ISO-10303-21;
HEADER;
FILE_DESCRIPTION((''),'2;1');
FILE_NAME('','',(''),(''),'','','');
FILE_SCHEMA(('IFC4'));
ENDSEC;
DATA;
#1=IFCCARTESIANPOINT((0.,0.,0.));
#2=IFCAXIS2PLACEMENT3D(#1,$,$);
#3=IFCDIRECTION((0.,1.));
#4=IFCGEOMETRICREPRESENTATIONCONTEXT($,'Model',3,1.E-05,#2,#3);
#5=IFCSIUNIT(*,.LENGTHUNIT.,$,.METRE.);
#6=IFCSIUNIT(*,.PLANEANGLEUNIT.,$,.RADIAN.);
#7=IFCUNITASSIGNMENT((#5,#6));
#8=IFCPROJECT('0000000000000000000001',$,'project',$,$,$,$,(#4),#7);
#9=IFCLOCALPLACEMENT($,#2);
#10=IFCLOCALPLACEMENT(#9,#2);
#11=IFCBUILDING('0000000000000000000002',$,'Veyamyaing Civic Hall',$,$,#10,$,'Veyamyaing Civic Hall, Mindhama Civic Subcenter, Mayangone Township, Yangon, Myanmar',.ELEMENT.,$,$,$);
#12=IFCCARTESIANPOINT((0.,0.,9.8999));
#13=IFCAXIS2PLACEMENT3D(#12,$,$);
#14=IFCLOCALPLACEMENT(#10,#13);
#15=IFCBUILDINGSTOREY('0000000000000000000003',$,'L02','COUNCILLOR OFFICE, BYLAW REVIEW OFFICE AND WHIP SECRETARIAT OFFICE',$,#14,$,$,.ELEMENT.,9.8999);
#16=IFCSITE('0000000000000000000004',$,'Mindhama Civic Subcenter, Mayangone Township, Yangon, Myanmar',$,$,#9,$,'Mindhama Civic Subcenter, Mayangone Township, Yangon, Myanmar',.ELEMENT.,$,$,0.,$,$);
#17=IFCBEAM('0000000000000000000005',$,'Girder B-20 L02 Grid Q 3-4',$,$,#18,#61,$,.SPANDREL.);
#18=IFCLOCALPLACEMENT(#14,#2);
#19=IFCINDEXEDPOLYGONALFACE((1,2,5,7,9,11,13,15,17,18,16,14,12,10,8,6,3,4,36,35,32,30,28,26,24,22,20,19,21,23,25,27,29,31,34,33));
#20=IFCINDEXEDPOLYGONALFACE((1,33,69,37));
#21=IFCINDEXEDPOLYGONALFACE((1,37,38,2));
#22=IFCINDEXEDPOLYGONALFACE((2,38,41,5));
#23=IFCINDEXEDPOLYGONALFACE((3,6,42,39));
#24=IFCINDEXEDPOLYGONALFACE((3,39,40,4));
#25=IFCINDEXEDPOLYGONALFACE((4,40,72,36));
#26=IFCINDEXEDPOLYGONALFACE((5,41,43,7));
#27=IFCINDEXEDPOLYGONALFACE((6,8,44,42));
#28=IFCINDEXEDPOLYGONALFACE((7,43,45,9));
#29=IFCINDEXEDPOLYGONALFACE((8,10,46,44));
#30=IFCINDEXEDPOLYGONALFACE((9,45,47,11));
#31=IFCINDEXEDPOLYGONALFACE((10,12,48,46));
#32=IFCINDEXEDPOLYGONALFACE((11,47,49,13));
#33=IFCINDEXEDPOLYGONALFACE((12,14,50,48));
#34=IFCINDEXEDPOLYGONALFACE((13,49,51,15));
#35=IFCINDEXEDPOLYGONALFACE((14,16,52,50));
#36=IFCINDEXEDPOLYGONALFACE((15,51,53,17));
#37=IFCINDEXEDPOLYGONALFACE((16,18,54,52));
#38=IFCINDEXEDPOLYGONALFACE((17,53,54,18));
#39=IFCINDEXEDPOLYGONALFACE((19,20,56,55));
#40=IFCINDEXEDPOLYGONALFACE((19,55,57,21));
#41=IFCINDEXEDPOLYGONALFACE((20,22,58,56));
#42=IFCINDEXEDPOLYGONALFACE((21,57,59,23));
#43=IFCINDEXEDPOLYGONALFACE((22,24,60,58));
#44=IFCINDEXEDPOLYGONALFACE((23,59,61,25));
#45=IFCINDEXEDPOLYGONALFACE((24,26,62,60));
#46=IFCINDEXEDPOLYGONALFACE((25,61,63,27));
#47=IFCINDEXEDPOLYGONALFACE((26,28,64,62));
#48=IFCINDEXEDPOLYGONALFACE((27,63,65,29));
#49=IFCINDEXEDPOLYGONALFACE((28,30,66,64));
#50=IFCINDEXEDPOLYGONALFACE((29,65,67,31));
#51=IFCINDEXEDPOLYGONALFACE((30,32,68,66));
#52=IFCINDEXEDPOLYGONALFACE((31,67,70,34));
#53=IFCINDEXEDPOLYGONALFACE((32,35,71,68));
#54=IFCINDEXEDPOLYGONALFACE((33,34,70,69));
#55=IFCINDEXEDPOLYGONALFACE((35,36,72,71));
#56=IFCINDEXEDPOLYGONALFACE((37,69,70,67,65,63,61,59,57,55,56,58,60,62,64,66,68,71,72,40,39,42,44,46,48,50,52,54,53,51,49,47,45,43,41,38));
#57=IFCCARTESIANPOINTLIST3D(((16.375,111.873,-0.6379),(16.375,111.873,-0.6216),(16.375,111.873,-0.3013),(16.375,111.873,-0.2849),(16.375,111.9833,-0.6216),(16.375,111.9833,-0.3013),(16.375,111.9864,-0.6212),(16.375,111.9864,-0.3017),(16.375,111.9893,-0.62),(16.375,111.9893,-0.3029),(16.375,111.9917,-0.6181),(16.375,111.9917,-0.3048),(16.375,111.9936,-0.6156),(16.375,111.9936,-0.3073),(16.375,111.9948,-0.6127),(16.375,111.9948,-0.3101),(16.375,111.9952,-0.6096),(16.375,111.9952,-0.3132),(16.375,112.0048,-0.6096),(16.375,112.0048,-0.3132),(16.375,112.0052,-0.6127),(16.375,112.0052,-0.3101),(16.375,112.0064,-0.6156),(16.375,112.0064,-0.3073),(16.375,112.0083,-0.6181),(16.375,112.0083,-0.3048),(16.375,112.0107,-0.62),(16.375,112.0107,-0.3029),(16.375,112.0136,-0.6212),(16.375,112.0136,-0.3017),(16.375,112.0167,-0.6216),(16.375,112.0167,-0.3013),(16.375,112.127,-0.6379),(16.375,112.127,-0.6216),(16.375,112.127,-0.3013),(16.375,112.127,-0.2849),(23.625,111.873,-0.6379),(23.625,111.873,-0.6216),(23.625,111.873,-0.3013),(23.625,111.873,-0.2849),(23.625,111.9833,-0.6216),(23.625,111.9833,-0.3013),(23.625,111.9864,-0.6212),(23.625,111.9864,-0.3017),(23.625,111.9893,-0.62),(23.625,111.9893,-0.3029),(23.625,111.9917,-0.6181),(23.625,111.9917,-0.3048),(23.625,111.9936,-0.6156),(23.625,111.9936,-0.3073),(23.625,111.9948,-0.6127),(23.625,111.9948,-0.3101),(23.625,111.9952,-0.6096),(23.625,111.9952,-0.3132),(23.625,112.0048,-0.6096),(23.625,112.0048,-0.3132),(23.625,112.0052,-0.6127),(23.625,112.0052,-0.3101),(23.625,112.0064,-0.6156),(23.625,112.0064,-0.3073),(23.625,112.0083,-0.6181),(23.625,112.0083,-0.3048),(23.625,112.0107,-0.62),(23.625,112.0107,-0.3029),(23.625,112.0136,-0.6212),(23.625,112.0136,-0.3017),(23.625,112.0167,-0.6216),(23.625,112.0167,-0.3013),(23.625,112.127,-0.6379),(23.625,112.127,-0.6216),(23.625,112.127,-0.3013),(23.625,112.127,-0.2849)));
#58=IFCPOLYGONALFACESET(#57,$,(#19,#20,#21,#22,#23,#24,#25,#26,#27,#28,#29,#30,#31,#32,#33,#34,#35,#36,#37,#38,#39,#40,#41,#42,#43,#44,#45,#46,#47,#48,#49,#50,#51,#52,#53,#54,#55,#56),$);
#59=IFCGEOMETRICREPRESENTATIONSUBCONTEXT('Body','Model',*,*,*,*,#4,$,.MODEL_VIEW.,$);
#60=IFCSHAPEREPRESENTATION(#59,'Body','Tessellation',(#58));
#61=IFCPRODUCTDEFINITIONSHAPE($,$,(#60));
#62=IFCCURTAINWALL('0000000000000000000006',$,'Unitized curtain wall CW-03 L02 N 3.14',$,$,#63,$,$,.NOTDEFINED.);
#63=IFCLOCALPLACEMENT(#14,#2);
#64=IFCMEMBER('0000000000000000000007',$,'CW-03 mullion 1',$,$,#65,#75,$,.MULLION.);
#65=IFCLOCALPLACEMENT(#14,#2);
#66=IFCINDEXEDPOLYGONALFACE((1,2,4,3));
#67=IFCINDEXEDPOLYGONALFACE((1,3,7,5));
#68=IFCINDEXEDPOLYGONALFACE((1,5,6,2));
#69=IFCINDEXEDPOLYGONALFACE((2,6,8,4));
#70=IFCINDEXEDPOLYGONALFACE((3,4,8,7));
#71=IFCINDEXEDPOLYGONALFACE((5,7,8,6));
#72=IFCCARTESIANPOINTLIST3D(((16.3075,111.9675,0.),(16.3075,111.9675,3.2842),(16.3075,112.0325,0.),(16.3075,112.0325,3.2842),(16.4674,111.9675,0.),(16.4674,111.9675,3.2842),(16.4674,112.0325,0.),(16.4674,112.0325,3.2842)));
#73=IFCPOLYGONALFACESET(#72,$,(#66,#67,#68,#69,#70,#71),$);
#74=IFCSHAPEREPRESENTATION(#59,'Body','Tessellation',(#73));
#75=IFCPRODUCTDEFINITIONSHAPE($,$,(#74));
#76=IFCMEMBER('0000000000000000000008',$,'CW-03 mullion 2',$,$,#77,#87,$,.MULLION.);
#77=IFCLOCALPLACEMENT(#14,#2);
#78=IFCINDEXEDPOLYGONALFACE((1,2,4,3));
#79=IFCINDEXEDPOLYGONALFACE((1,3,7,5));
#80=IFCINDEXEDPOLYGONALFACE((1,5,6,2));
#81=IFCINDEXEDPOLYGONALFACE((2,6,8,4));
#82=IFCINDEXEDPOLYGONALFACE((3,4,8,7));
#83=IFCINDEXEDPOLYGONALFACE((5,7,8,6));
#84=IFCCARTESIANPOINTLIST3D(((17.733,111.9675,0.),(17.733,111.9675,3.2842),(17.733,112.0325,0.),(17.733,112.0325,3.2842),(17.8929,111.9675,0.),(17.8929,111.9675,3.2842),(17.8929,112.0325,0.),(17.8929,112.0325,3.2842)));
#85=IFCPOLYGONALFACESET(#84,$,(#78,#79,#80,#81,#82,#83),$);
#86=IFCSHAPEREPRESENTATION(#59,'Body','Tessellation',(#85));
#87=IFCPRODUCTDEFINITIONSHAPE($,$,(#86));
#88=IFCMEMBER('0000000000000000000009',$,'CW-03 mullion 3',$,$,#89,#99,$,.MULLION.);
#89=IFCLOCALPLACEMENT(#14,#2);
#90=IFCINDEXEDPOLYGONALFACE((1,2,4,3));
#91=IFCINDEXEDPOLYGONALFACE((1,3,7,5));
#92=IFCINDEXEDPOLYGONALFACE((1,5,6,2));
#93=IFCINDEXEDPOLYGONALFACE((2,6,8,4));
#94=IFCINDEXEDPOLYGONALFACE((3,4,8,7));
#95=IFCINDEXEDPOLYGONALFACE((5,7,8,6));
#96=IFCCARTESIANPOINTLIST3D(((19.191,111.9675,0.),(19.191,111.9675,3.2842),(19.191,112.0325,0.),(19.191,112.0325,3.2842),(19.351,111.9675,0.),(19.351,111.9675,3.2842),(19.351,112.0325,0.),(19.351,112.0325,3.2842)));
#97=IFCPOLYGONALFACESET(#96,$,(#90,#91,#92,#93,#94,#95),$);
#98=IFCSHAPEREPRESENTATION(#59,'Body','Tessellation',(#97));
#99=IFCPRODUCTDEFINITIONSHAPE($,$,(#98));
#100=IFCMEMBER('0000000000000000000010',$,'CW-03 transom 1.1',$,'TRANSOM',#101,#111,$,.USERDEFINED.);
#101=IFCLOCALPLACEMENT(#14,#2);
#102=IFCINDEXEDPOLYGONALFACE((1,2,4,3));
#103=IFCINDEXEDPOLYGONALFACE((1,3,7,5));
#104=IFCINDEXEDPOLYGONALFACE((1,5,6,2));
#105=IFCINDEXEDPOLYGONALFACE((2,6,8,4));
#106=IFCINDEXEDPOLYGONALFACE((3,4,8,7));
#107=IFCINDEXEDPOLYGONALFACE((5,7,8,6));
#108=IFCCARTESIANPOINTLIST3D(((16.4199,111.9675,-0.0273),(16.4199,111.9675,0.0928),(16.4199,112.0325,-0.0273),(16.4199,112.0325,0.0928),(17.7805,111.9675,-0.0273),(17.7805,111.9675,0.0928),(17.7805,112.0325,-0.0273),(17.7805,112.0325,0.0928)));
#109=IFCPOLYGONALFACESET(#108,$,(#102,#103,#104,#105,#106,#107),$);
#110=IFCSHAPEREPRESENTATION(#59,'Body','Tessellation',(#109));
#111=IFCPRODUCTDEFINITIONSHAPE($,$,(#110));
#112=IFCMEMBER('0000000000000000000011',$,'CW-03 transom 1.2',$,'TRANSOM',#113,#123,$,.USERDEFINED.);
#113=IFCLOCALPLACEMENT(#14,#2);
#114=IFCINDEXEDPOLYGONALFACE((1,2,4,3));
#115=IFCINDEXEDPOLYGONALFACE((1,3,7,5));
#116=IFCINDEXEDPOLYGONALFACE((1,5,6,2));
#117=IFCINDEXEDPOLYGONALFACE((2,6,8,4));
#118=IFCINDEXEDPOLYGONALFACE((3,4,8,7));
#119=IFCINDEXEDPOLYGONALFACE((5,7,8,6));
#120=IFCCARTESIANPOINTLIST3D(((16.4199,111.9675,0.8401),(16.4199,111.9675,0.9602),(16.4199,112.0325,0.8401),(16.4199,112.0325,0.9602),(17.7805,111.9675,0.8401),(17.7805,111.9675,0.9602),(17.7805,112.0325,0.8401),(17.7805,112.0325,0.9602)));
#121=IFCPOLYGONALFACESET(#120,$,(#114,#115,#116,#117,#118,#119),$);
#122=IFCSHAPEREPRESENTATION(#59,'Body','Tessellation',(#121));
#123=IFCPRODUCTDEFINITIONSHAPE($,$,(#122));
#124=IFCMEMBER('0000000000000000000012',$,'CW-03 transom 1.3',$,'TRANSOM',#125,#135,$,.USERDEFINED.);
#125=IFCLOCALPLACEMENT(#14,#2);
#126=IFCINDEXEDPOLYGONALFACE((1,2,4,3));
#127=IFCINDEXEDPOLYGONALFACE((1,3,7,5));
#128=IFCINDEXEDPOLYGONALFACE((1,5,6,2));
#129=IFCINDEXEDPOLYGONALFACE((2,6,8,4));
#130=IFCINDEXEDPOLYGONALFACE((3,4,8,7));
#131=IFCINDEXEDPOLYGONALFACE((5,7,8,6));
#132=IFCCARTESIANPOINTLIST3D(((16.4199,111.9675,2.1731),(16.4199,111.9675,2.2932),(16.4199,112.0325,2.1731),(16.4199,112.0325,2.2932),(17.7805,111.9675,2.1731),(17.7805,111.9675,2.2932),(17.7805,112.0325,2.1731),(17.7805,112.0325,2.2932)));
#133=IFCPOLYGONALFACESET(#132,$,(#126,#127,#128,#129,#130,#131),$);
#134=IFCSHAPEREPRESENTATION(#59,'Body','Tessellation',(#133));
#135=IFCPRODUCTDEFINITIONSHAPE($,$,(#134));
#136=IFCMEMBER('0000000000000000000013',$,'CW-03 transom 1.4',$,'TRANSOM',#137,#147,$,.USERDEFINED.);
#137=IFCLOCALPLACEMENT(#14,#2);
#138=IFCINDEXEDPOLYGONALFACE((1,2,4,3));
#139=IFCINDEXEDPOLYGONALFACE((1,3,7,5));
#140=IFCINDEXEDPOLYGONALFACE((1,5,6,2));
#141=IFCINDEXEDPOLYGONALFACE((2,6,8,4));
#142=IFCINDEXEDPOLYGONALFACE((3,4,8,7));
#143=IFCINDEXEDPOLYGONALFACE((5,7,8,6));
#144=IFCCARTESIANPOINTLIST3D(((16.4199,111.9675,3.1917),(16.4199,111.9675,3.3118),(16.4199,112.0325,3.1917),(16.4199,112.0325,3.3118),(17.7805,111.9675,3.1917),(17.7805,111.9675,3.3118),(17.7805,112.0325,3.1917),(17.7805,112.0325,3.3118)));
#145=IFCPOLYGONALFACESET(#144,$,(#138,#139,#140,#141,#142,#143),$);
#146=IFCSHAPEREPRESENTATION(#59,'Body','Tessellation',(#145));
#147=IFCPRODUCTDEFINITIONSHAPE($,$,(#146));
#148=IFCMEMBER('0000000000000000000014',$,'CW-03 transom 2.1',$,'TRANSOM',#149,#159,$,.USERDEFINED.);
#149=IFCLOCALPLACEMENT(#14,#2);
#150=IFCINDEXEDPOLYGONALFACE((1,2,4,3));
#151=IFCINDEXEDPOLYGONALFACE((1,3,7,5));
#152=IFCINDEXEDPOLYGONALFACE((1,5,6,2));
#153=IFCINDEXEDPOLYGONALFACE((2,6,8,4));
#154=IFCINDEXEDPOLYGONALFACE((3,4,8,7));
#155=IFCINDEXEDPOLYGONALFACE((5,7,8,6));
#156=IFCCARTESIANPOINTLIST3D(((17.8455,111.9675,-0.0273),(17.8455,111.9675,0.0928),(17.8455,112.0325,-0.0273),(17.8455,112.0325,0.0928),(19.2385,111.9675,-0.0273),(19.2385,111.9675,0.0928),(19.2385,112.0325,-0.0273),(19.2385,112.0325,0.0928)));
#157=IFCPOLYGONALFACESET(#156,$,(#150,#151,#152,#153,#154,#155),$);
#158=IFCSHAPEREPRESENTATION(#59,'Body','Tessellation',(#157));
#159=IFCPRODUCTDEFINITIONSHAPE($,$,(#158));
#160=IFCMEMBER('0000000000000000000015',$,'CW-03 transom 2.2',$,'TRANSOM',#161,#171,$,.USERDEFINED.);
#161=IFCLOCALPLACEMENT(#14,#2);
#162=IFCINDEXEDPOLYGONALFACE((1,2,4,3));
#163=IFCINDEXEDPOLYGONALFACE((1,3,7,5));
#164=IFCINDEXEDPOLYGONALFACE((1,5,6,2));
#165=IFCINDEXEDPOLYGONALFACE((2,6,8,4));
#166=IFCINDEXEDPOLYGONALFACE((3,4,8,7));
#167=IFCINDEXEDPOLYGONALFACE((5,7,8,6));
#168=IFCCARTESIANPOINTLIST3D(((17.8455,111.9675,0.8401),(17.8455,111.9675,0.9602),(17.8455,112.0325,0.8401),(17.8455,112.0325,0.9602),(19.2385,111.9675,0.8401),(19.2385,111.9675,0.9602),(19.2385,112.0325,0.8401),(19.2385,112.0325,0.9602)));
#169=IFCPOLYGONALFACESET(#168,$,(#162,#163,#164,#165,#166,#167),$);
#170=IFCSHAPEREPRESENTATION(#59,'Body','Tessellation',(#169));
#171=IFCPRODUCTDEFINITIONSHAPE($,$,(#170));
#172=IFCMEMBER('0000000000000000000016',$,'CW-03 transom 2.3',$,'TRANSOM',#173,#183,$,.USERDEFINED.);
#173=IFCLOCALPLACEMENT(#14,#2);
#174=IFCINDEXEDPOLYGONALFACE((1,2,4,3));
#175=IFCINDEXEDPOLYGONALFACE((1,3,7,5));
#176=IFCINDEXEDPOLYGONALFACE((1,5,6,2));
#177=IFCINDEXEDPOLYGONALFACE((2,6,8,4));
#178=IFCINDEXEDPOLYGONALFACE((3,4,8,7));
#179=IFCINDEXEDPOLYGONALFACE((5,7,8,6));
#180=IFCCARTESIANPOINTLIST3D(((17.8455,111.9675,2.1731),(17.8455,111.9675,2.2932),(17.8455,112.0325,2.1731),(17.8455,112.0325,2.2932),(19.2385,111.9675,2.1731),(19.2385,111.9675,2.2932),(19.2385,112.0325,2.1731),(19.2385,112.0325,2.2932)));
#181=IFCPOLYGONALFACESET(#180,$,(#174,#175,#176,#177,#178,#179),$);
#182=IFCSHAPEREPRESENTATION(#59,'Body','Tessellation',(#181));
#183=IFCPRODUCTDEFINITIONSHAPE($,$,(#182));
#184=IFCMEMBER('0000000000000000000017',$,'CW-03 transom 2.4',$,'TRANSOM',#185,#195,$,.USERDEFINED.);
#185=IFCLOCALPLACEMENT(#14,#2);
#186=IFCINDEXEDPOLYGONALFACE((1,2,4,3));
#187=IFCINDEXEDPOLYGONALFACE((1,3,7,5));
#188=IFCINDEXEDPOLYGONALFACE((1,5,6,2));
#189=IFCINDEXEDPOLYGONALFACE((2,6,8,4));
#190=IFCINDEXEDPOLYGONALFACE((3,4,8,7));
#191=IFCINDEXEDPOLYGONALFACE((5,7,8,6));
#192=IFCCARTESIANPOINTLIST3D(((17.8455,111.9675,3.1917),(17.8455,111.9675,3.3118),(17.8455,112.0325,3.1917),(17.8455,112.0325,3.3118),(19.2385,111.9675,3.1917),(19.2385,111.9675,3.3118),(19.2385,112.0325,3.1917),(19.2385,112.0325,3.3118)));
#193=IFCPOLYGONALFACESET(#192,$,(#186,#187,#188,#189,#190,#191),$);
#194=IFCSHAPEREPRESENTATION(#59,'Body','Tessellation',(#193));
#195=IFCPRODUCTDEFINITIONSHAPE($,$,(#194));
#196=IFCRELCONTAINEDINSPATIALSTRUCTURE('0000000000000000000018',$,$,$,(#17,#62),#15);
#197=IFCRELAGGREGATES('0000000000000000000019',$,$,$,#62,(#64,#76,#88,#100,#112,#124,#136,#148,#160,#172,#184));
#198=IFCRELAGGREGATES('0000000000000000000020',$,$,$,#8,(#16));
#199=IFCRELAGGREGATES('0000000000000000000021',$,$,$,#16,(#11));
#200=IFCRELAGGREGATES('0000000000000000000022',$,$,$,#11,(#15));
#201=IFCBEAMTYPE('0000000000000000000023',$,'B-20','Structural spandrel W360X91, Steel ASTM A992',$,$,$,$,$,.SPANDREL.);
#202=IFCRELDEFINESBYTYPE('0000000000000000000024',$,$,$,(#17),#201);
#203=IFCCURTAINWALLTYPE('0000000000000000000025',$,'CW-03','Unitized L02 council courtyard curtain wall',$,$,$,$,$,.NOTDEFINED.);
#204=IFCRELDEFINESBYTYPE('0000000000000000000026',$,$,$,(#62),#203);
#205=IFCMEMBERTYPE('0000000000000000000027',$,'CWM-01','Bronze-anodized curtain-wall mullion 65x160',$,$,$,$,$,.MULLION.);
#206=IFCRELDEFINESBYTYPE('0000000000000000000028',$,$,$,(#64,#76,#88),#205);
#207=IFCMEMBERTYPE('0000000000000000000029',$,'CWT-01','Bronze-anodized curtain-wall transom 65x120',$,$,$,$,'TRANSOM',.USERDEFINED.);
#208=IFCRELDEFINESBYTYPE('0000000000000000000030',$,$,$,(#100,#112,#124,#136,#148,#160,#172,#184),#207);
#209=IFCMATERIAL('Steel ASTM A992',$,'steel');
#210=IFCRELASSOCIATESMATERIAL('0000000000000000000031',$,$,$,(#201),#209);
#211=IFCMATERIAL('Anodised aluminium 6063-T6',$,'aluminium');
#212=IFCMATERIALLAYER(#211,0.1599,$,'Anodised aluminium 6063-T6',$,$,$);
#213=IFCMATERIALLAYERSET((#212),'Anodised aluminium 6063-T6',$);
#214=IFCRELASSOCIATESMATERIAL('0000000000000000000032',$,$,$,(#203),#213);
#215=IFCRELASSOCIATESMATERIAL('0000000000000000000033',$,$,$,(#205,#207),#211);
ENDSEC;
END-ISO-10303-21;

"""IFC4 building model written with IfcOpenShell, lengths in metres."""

from ifc_helpers import new_model, si_unit, direction, frame, origin, origin_2d, place, context, subcontext, project, spatial, rectangle, i_section, extrude, material, layer, layer_set, material_profile, profile_set, type_object, element, aggregate, save


model = new_model("IFC4")

# Units and contexts
model_context = context("Model", 3, precision=1e-05, world=origin(), true_north=direction((0.0, 1.0)))
body_context = subcontext(model_context, "Body", "Model", "MODEL_VIEW")
ifc_project = project(units=[si_unit("LENGTHUNIT", "METRE"), si_unit("PLANEANGLEUNIT", "RADIAN")], contexts=[model_context])

# Site, building, storey
site_placement = place(None, origin())
site = spatial("IfcSite", under=ifc_project, at=site_placement, Name="Mindhama Civic Subcenter, Mayangone Township, Yangon, Myanmar", LongName="Mindhama Civic Subcenter, Mayangone Township, Yangon, Myanmar", CompositionType="ELEMENT", RefElevation=0.0)
building_placement = place(site_placement, origin())
building = spatial("IfcBuilding", under=site, at=building_placement, Name="Veyamyaing Civic Hall", LongName="Veyamyaing Civic Hall, Mindhama Civic Subcenter, Mayangone Township, Yangon, Myanmar", CompositionType="ELEMENT")
storey_placement = place(building_placement, frame((0.0, 0.0, 9.8999)))
storey = spatial("IfcBuildingStorey", under=building, at=storey_placement, Name="L02", Description="COUNCILLOR OFFICE, BYLAW REVIEW OFFICE AND WHIP SECRETARIAT OFFICE", CompositionType="ELEMENT", Elevation=9.8999)

# Beam
ifc_material_1 = material(Name="Steel ASTM A992", Category="steel")
ifc_material_profile_1 = material_profile(ifc_material_1, i_section(OverallWidth=0.2539, OverallDepth=0.353, WebThickness=0.0095, FlangeThickness=0.0164, FilletRadius=0.012, at=origin_2d()), Name="W360X91")
ifc_profile_set_1 = profile_set([ifc_material_profile_1], Name="Steel ASTM A992")
beam_type = type_object("IfcBeamType", Name="B-20", Description="Structural spandrel W360X91, Steel ASTM A992", PredefinedType="SPANDREL", material=ifc_profile_set_1)
beam_placement = place(storey_placement, frame((16.375, 112.0, -0.4614), z_axis=(1.0, 0.0, 0.0), x_axis=(0.0, 1.0, 0.0)))
element("IfcBeam", 1, at=beam_placement, inside=storey, type_object=beam_type, Name="Girder B-20 L02 Grid Q 3-4", PredefinedType="SPANDREL", context=body_context, shape_type="SweptSolid", body=[
    extrude(i_section(OverallWidth=0.2539, OverallDepth=0.353, WebThickness=0.0095, FlangeThickness=0.0164, FilletRadius=0.012, at=origin_2d()), origin(), (0.0, 0.0, 1.0), 7.25),
])

# Curtain wall, members
ifc_material_2 = material(Name="Anodised aluminium 6063-T6", Category="aluminium")
ifc_layer_1 = layer(ifc_material_2, 0.1599, Name="Anodised aluminium 6063-T6")
ifc_layer_set_1 = layer_set([ifc_layer_1], Name="Anodised aluminium 6063-T6")
curtain_wall_type = type_object("IfcCurtainWallType", Name="CW-03", Description="Unitized L02 council courtyard curtain wall", PredefinedType="NOTDEFINED", material=ifc_layer_set_1)
curtain_wall_placement = place(storey_placement, origin())
curtain_wall = element("IfcCurtainWall", 2, at=curtain_wall_placement, inside=storey, type_object=curtain_wall_type, Name="Unitized curtain wall CW-03 L02 N 3.14", PredefinedType="NOTDEFINED")
ifc_material_profile_2 = material_profile(ifc_material_2, rectangle(XDim=0.0649, YDim=0.1599, at=origin_2d()), Name="ALU-MUL-65X160")
ifc_profile_set_2 = profile_set([ifc_material_profile_2], Name="Anodised aluminium 6063-T6")
member_type_1 = type_object("IfcMemberType", Name="CWM-01", Description="Bronze-anodized curtain-wall mullion 65x160", PredefinedType="MULLION", material=ifc_profile_set_2)
member_1_placement = place(storey_placement, frame((16.3875, 112.0, 0.0), z_axis=(0.0, 0.0, 1.0), x_axis=(0.0, 1.0, 0.0)))
member_1 = element("IfcMember", 3, at=member_1_placement, type_object=member_type_1, Name="CW-03 mullion 1", PredefinedType="MULLION", context=body_context, shape_type="SweptSolid", body=[
    extrude(rectangle(XDim=0.0649, YDim=0.1599, at=origin_2d()), origin(), (0.0, 0.0, 1.0), 3.2842),
])
member_2_placement = place(storey_placement, frame((17.813, 112.0, 0.0), z_axis=(0.0, 0.0, 1.0), x_axis=(0.0, 1.0, 0.0)))
member_2 = element("IfcMember", 4, at=member_2_placement, type_object=member_type_1, Name="CW-03 mullion 2", PredefinedType="MULLION", context=body_context, shape_type="SweptSolid", body=[
    extrude(rectangle(XDim=0.0649, YDim=0.1599, at=origin_2d()), origin(), (0.0, 0.0, 1.0), 3.2842),
])
member_3_placement = place(storey_placement, frame((19.271, 112.0, 0.0), z_axis=(0.0, 0.0, 1.0), x_axis=(0.0, 1.0, 0.0)))
member_3 = element("IfcMember", 5, at=member_3_placement, type_object=member_type_1, Name="CW-03 mullion 3", PredefinedType="MULLION", context=body_context, shape_type="SweptSolid", body=[
    extrude(rectangle(XDim=0.0649, YDim=0.1599, at=origin_2d()), origin(), (0.0, 0.0, 1.0), 3.2842),
])
ifc_material_profile_3 = material_profile(ifc_material_2, rectangle(XDim=0.0649, YDim=0.1201, at=origin_2d()), Name="ALU-TRN-65X120")
ifc_profile_set_3 = profile_set([ifc_material_profile_3], Name="Anodised aluminium 6063-T6")
member_type_2 = type_object("IfcMemberType", Name="CWT-01", Description="Bronze-anodized curtain-wall transom 65x120", ElementType="TRANSOM", PredefinedType="USERDEFINED", material=ifc_profile_set_3)
member_4_placement = place(storey_placement, frame((16.4199, 112.0, 0.0327), z_axis=(1.0, 0.0, 0.0), x_axis=(0.0, 1.0, 0.0)))
member_4 = element("IfcMember", 6, at=member_4_placement, type_object=member_type_2, Name="CW-03 transom 1.1", ObjectType="TRANSOM", PredefinedType="USERDEFINED", context=body_context, shape_type="SweptSolid", body=[
    extrude(rectangle(XDim=0.0649, YDim=0.1201, at=origin_2d()), origin(), (0.0, 0.0, 1.0), 1.3606),
])
member_5_placement = place(storey_placement, frame((16.4199, 112.0, 0.9001), z_axis=(1.0, 0.0, 0.0), x_axis=(0.0, 1.0, 0.0)))
member_5 = element("IfcMember", 7, at=member_5_placement, type_object=member_type_2, Name="CW-03 transom 1.2", ObjectType="TRANSOM", PredefinedType="USERDEFINED", context=body_context, shape_type="SweptSolid", body=[
    extrude(rectangle(XDim=0.0649, YDim=0.1201, at=origin_2d()), origin(), (0.0, 0.0, 1.0), 1.3606),
])
member_6_placement = place(storey_placement, frame((16.4199, 112.0, 2.2332), z_axis=(1.0, 0.0, 0.0), x_axis=(0.0, 1.0, 0.0)))
member_6 = element("IfcMember", 8, at=member_6_placement, type_object=member_type_2, Name="CW-03 transom 1.3", ObjectType="TRANSOM", PredefinedType="USERDEFINED", context=body_context, shape_type="SweptSolid", body=[
    extrude(rectangle(XDim=0.0649, YDim=0.1201, at=origin_2d()), origin(), (0.0, 0.0, 1.0), 1.3606),
])
member_7_placement = place(storey_placement, frame((16.4199, 112.0, 3.2517), z_axis=(1.0, 0.0, 0.0), x_axis=(0.0, 1.0, 0.0)))
member_7 = element("IfcMember", 9, at=member_7_placement, type_object=member_type_2, Name="CW-03 transom 1.4", ObjectType="TRANSOM", PredefinedType="USERDEFINED", context=body_context, shape_type="SweptSolid", body=[
    extrude(rectangle(XDim=0.0649, YDim=0.1201, at=origin_2d()), origin(), (0.0, 0.0, 1.0), 1.3606),
])
member_8_placement = place(storey_placement, frame((17.8455, 112.0, 0.0327), z_axis=(1.0, 0.0, 0.0), x_axis=(0.0, 1.0, 0.0)))
member_8 = element("IfcMember", 10, at=member_8_placement, type_object=member_type_2, Name="CW-03 transom 2.1", ObjectType="TRANSOM", PredefinedType="USERDEFINED", context=body_context, shape_type="SweptSolid", body=[
    extrude(rectangle(XDim=0.0649, YDim=0.1201, at=origin_2d()), origin(), (0.0, 0.0, 1.0), 1.3931),
])
member_9_placement = place(storey_placement, frame((17.8455, 112.0, 0.9001), z_axis=(1.0, 0.0, 0.0), x_axis=(0.0, 1.0, 0.0)))
member_9 = element("IfcMember", 11, at=member_9_placement, type_object=member_type_2, Name="CW-03 transom 2.2", ObjectType="TRANSOM", PredefinedType="USERDEFINED", context=body_context, shape_type="SweptSolid", body=[
    extrude(rectangle(XDim=0.0649, YDim=0.1201, at=origin_2d()), origin(), (0.0, 0.0, 1.0), 1.3931),
])
member_10_placement = place(storey_placement, frame((17.8455, 112.0, 2.2332), z_axis=(1.0, 0.0, 0.0), x_axis=(0.0, 1.0, 0.0)))
member_10 = element("IfcMember", 12, at=member_10_placement, type_object=member_type_2, Name="CW-03 transom 2.3", ObjectType="TRANSOM", PredefinedType="USERDEFINED", context=body_context, shape_type="SweptSolid", body=[
    extrude(rectangle(XDim=0.0649, YDim=0.1201, at=origin_2d()), origin(), (0.0, 0.0, 1.0), 1.3931),
])
member_11_placement = place(storey_placement, frame((17.8455, 112.0, 3.2517), z_axis=(1.0, 0.0, 0.0), x_axis=(0.0, 1.0, 0.0)))
member_11 = element("IfcMember", 13, at=member_11_placement, type_object=member_type_2, Name="CW-03 transom 2.4", ObjectType="TRANSOM", PredefinedType="USERDEFINED", context=body_context, shape_type="SweptSolid", body=[
    extrude(rectangle(XDim=0.0649, YDim=0.1201, at=origin_2d()), origin(), (0.0, 0.0, 1.0), 1.3931),
])
aggregate(curtain_wall, [member_1, member_2, member_3, member_4, member_5, member_6, member_7, member_8, member_9, member_10, member_11])

save(model, "model.ifc")
